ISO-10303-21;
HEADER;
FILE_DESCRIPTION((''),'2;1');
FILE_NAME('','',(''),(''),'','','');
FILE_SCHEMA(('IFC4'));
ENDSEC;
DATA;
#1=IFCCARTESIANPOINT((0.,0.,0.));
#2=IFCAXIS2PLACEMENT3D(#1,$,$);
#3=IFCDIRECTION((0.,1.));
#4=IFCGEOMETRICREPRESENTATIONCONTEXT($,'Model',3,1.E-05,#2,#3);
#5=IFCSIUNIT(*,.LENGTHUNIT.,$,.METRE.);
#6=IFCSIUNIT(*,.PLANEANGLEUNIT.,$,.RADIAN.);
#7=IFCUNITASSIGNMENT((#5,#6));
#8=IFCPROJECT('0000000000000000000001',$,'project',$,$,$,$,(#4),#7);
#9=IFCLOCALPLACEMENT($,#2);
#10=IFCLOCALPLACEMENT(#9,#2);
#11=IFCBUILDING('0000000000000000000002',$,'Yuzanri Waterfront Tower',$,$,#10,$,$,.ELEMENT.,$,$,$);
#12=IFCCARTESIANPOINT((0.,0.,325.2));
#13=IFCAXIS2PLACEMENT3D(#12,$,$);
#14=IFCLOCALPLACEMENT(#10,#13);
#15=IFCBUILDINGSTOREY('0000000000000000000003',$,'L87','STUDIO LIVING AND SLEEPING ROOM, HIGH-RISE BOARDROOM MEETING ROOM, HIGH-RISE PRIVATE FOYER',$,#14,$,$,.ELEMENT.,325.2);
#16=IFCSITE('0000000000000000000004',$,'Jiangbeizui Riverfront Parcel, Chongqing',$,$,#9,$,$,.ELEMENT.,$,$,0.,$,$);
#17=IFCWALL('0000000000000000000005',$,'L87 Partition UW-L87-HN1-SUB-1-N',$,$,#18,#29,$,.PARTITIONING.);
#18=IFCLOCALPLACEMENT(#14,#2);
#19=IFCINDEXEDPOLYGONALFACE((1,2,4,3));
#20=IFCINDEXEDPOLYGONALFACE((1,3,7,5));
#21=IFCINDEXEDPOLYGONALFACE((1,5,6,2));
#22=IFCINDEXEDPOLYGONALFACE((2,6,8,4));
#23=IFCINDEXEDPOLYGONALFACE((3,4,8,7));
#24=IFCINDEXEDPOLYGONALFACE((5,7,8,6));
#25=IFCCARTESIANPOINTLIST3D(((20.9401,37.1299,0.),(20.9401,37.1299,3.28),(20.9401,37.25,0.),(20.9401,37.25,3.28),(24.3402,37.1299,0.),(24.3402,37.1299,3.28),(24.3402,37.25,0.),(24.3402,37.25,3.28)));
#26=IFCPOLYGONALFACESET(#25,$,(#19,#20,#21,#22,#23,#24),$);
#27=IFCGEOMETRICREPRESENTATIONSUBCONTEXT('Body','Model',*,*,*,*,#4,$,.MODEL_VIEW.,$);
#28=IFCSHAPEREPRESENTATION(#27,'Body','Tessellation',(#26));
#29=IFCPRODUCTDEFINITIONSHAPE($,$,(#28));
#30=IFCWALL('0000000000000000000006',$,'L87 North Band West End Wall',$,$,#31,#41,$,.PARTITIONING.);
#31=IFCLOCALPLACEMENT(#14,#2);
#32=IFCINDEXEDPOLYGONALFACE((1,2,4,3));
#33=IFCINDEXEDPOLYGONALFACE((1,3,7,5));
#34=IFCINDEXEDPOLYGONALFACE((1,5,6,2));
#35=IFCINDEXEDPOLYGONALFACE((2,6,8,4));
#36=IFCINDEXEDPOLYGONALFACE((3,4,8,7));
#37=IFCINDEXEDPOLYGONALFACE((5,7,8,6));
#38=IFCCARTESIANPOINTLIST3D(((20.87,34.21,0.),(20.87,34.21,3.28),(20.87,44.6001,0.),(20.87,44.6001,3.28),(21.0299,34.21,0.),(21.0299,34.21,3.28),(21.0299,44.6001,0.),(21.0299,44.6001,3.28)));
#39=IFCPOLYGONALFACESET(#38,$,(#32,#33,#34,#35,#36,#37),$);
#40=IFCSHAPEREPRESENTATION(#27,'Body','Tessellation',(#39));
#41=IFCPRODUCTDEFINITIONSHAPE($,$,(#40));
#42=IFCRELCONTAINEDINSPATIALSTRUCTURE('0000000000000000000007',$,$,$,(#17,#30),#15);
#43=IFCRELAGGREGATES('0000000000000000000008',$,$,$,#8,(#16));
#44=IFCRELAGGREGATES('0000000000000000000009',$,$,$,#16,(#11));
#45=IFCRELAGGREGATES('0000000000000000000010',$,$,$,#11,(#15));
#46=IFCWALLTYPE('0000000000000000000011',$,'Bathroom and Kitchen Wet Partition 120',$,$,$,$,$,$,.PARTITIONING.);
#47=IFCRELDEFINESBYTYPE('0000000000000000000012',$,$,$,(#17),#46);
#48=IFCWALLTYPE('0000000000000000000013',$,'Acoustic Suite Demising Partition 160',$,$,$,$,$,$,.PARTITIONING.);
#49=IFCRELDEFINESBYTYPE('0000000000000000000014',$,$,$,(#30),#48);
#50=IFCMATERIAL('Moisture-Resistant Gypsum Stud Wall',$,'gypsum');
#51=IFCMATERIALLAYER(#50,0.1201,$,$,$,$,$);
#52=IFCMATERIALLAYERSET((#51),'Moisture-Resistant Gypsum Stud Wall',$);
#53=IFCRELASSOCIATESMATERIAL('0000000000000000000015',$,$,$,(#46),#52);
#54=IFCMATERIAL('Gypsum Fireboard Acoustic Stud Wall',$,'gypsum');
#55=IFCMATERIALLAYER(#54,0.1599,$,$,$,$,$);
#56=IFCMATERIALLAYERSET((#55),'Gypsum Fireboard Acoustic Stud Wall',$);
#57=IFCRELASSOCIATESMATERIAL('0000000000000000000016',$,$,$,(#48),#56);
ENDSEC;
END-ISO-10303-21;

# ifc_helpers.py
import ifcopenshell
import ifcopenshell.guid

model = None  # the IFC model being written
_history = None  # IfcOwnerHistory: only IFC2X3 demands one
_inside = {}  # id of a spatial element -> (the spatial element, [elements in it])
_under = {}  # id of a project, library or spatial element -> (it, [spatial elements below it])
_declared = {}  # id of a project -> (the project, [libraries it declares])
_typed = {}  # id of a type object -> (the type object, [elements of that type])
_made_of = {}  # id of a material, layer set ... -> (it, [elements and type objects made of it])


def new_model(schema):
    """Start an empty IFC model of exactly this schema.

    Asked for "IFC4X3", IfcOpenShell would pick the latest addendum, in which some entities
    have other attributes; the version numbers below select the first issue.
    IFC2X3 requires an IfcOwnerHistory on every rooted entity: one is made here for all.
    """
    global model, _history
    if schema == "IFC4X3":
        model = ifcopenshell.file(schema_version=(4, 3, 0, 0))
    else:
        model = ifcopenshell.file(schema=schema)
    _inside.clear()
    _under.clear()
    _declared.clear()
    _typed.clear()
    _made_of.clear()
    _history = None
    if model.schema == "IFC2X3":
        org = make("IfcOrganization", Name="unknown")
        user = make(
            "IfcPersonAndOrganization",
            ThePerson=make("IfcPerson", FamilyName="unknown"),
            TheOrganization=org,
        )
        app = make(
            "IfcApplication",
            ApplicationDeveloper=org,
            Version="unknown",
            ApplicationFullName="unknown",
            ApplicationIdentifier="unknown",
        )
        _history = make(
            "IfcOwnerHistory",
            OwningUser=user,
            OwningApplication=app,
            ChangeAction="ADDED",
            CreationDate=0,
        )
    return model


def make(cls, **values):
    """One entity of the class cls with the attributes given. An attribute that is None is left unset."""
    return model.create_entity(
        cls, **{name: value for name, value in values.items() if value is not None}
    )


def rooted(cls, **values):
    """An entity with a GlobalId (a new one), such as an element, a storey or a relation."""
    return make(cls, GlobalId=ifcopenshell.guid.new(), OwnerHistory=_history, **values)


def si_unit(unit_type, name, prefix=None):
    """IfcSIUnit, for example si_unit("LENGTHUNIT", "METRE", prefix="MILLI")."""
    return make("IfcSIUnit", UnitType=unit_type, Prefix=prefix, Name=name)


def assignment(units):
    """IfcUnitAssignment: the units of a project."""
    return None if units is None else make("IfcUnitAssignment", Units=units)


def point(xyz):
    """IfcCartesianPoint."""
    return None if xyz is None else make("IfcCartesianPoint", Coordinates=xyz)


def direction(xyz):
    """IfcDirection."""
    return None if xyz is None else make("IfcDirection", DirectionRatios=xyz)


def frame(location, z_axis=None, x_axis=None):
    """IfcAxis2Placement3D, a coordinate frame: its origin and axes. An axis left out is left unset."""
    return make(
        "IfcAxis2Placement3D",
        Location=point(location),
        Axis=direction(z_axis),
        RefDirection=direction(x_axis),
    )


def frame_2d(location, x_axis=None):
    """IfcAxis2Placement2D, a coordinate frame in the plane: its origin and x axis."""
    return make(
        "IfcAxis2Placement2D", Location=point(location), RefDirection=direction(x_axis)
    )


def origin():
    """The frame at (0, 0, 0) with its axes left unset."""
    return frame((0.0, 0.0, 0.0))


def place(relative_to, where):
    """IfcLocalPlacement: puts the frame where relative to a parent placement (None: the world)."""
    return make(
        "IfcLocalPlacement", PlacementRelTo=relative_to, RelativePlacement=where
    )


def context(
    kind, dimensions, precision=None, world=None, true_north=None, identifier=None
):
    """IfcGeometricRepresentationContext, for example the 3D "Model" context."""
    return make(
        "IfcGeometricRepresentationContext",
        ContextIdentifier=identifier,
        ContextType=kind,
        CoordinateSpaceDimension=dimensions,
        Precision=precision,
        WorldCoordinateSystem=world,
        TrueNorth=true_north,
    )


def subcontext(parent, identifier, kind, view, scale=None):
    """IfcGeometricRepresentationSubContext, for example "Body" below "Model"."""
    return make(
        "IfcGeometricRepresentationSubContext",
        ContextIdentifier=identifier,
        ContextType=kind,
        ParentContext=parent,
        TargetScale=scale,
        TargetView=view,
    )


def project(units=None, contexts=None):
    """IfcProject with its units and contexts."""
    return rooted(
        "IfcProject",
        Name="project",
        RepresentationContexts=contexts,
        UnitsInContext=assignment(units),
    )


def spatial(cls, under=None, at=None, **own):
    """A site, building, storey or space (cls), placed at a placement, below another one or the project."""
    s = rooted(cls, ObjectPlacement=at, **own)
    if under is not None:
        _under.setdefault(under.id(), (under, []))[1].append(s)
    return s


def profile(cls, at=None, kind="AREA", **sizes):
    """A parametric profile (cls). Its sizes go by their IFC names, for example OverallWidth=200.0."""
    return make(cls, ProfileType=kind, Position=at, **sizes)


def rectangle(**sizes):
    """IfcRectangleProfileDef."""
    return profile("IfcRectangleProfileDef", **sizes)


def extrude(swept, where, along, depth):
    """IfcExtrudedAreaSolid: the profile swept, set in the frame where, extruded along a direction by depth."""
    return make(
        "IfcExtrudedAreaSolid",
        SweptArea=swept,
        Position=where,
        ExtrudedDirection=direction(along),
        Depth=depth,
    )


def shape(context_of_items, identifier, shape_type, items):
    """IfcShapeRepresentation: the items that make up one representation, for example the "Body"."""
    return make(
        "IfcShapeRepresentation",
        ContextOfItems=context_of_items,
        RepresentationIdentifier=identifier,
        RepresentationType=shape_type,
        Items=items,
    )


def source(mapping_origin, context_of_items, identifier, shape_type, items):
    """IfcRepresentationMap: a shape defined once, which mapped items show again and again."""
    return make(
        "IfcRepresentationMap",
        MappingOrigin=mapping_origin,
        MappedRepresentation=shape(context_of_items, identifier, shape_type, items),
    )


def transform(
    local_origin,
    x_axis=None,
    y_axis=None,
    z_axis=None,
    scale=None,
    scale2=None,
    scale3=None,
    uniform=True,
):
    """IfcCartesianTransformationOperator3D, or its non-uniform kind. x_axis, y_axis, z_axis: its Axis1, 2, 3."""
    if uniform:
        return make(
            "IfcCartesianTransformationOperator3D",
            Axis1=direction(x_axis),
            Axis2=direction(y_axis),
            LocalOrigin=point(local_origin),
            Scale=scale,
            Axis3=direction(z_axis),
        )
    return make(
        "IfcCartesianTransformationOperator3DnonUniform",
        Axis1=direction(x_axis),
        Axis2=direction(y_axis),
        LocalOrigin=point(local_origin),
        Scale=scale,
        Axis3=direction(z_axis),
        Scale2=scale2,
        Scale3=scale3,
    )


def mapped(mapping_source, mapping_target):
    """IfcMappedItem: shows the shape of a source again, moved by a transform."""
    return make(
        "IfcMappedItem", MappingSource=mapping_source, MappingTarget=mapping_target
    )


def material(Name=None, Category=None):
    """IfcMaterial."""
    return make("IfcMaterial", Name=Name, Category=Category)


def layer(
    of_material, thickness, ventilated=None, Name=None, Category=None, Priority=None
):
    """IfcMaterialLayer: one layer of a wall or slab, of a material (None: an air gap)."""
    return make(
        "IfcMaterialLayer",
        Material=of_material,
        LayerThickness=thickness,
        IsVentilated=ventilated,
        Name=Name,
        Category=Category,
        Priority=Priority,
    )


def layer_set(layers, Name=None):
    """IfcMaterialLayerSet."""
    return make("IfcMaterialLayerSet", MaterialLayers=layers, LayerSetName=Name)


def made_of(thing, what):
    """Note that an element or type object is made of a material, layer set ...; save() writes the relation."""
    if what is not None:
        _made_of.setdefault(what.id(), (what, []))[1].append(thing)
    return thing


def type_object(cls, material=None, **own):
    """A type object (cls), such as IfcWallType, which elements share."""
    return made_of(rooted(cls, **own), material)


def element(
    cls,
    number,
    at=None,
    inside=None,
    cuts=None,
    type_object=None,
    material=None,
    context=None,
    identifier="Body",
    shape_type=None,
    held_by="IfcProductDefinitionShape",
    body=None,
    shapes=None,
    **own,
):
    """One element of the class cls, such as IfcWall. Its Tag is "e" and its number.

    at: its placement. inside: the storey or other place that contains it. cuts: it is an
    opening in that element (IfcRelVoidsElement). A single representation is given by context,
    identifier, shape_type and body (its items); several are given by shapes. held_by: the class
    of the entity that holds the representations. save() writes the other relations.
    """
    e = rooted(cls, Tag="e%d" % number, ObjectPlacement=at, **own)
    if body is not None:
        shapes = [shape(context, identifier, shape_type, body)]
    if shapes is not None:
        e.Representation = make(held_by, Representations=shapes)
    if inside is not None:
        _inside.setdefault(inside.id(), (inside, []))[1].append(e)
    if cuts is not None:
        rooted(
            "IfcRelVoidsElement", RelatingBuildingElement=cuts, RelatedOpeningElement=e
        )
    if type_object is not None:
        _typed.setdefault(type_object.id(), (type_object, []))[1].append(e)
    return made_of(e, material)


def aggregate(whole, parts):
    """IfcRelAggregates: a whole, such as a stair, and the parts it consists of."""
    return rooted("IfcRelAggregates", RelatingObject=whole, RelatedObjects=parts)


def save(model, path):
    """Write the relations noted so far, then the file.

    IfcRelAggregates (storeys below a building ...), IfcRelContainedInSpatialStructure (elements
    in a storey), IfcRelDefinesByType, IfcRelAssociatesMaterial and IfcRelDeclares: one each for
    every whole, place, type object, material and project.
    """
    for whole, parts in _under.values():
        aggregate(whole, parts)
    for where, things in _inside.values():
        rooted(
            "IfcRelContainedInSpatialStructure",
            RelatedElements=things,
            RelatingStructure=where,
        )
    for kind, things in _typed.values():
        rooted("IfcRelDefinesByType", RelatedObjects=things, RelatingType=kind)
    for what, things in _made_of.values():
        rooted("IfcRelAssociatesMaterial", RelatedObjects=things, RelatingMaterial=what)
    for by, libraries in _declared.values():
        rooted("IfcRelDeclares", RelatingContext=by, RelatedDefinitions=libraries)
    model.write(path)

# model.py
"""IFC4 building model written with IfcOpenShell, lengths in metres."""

from ifc_helpers import new_model, si_unit, direction, frame, frame_2d, origin, place, context, subcontext, project, spatial, rectangle, extrude, source, transform, mapped, material, layer, layer_set, type_object, element, save


model = new_model("IFC4")

# Units and contexts
model_context = context("Model", 3, precision=1e-05, world=origin(), true_north=direction((0.0, 1.0)))
body_context = subcontext(model_context, "Body", "Model", "MODEL_VIEW")
ifc_project = project(units=[si_unit("LENGTHUNIT", "METRE"), si_unit("PLANEANGLEUNIT", "RADIAN")], contexts=[model_context])

# Site, building, storey
site_placement = place(None, origin())
site = spatial("IfcSite", under=ifc_project, at=site_placement, Name="Jiangbeizui Riverfront Parcel, Chongqing", CompositionType="ELEMENT", RefElevation=0.0)
building_placement = place(site_placement, origin())
building = spatial("IfcBuilding", under=site, at=building_placement, Name="Yuzanri Waterfront Tower", CompositionType="ELEMENT")
storey_placement = place(building_placement, frame((0.0, 0.0, 325.2)))
storey = spatial("IfcBuildingStorey", under=building, at=storey_placement, Name="L87", Description="STUDIO LIVING AND SLEEPING ROOM, HIGH-RISE BOARDROOM MEETING ROOM, HIGH-RISE PRIVATE FOYER", CompositionType="ELEMENT", Elevation=325.2)

# Walls
ifc_material_1 = material(Name="Moisture-Resistant Gypsum Stud Wall", Category="gypsum")
ifc_layer_1 = layer(ifc_material_1, 0.1201)
ifc_layer_set_1 = layer_set([ifc_layer_1], Name="Moisture-Resistant Gypsum Stud Wall")
wall_type_1 = type_object("IfcWallType", Name="Bathroom and Kitchen Wet Partition 120", PredefinedType="PARTITIONING", material=ifc_layer_set_1)
shared_shape_1 = source(origin(), body_context, "Body", "SweptSolid", [
    extrude(rectangle(XDim=3.4001, YDim=0.1201, at=frame_2d((1.7002, 0.0))), origin(), (0.0, 0.0, 1.0), 3.28),
])
wall_1_placement = place(storey_placement, frame((20.9399, 37.1899, 0.0), z_axis=(0.0, 0.0, 1.0), x_axis=(1.0, 0.0, 0.0)))
element("IfcWall", 1, at=wall_1_placement, inside=storey, type_object=wall_type_1, Name="L87 Partition UW-L87-HN1-SUB-1-N", PredefinedType="PARTITIONING", context=body_context, shape_type="MappedRepresentation", body=[
    mapped(shared_shape_1, transform((0.0, 0.0, 0.0), scale=1.0)),
])
ifc_material_2 = material(Name="Gypsum Fireboard Acoustic Stud Wall", Category="gypsum")
ifc_layer_2 = layer(ifc_material_2, 0.1599)
ifc_layer_set_2 = layer_set([ifc_layer_2], Name="Gypsum Fireboard Acoustic Stud Wall")
wall_type_2 = type_object("IfcWallType", Name="Acoustic Suite Demising Partition 160", PredefinedType="PARTITIONING", material=ifc_layer_set_2)
shared_shape_2 = source(origin(), body_context, "Body", "SweptSolid", [
    extrude(rectangle(XDim=10.3901, YDim=0.1599, at=frame_2d((5.1951, 0.0))), origin(), (0.0, 0.0, 1.0), 3.28),
])
wall_2_placement = place(storey_placement, frame((20.95, 34.21, 0.0), z_axis=(0.0, 0.0, 1.0), x_axis=(0.0, 1.0, 0.0)))
element("IfcWall", 2, at=wall_2_placement, inside=storey, type_object=wall_type_2, Name="L87 North Band West End Wall", PredefinedType="PARTITIONING", context=body_context, shape_type="MappedRepresentation", body=[
    mapped(shared_shape_2, transform((0.0, 0.0, 0.0), scale=1.0)),
])

save(model, "model.ifc")
